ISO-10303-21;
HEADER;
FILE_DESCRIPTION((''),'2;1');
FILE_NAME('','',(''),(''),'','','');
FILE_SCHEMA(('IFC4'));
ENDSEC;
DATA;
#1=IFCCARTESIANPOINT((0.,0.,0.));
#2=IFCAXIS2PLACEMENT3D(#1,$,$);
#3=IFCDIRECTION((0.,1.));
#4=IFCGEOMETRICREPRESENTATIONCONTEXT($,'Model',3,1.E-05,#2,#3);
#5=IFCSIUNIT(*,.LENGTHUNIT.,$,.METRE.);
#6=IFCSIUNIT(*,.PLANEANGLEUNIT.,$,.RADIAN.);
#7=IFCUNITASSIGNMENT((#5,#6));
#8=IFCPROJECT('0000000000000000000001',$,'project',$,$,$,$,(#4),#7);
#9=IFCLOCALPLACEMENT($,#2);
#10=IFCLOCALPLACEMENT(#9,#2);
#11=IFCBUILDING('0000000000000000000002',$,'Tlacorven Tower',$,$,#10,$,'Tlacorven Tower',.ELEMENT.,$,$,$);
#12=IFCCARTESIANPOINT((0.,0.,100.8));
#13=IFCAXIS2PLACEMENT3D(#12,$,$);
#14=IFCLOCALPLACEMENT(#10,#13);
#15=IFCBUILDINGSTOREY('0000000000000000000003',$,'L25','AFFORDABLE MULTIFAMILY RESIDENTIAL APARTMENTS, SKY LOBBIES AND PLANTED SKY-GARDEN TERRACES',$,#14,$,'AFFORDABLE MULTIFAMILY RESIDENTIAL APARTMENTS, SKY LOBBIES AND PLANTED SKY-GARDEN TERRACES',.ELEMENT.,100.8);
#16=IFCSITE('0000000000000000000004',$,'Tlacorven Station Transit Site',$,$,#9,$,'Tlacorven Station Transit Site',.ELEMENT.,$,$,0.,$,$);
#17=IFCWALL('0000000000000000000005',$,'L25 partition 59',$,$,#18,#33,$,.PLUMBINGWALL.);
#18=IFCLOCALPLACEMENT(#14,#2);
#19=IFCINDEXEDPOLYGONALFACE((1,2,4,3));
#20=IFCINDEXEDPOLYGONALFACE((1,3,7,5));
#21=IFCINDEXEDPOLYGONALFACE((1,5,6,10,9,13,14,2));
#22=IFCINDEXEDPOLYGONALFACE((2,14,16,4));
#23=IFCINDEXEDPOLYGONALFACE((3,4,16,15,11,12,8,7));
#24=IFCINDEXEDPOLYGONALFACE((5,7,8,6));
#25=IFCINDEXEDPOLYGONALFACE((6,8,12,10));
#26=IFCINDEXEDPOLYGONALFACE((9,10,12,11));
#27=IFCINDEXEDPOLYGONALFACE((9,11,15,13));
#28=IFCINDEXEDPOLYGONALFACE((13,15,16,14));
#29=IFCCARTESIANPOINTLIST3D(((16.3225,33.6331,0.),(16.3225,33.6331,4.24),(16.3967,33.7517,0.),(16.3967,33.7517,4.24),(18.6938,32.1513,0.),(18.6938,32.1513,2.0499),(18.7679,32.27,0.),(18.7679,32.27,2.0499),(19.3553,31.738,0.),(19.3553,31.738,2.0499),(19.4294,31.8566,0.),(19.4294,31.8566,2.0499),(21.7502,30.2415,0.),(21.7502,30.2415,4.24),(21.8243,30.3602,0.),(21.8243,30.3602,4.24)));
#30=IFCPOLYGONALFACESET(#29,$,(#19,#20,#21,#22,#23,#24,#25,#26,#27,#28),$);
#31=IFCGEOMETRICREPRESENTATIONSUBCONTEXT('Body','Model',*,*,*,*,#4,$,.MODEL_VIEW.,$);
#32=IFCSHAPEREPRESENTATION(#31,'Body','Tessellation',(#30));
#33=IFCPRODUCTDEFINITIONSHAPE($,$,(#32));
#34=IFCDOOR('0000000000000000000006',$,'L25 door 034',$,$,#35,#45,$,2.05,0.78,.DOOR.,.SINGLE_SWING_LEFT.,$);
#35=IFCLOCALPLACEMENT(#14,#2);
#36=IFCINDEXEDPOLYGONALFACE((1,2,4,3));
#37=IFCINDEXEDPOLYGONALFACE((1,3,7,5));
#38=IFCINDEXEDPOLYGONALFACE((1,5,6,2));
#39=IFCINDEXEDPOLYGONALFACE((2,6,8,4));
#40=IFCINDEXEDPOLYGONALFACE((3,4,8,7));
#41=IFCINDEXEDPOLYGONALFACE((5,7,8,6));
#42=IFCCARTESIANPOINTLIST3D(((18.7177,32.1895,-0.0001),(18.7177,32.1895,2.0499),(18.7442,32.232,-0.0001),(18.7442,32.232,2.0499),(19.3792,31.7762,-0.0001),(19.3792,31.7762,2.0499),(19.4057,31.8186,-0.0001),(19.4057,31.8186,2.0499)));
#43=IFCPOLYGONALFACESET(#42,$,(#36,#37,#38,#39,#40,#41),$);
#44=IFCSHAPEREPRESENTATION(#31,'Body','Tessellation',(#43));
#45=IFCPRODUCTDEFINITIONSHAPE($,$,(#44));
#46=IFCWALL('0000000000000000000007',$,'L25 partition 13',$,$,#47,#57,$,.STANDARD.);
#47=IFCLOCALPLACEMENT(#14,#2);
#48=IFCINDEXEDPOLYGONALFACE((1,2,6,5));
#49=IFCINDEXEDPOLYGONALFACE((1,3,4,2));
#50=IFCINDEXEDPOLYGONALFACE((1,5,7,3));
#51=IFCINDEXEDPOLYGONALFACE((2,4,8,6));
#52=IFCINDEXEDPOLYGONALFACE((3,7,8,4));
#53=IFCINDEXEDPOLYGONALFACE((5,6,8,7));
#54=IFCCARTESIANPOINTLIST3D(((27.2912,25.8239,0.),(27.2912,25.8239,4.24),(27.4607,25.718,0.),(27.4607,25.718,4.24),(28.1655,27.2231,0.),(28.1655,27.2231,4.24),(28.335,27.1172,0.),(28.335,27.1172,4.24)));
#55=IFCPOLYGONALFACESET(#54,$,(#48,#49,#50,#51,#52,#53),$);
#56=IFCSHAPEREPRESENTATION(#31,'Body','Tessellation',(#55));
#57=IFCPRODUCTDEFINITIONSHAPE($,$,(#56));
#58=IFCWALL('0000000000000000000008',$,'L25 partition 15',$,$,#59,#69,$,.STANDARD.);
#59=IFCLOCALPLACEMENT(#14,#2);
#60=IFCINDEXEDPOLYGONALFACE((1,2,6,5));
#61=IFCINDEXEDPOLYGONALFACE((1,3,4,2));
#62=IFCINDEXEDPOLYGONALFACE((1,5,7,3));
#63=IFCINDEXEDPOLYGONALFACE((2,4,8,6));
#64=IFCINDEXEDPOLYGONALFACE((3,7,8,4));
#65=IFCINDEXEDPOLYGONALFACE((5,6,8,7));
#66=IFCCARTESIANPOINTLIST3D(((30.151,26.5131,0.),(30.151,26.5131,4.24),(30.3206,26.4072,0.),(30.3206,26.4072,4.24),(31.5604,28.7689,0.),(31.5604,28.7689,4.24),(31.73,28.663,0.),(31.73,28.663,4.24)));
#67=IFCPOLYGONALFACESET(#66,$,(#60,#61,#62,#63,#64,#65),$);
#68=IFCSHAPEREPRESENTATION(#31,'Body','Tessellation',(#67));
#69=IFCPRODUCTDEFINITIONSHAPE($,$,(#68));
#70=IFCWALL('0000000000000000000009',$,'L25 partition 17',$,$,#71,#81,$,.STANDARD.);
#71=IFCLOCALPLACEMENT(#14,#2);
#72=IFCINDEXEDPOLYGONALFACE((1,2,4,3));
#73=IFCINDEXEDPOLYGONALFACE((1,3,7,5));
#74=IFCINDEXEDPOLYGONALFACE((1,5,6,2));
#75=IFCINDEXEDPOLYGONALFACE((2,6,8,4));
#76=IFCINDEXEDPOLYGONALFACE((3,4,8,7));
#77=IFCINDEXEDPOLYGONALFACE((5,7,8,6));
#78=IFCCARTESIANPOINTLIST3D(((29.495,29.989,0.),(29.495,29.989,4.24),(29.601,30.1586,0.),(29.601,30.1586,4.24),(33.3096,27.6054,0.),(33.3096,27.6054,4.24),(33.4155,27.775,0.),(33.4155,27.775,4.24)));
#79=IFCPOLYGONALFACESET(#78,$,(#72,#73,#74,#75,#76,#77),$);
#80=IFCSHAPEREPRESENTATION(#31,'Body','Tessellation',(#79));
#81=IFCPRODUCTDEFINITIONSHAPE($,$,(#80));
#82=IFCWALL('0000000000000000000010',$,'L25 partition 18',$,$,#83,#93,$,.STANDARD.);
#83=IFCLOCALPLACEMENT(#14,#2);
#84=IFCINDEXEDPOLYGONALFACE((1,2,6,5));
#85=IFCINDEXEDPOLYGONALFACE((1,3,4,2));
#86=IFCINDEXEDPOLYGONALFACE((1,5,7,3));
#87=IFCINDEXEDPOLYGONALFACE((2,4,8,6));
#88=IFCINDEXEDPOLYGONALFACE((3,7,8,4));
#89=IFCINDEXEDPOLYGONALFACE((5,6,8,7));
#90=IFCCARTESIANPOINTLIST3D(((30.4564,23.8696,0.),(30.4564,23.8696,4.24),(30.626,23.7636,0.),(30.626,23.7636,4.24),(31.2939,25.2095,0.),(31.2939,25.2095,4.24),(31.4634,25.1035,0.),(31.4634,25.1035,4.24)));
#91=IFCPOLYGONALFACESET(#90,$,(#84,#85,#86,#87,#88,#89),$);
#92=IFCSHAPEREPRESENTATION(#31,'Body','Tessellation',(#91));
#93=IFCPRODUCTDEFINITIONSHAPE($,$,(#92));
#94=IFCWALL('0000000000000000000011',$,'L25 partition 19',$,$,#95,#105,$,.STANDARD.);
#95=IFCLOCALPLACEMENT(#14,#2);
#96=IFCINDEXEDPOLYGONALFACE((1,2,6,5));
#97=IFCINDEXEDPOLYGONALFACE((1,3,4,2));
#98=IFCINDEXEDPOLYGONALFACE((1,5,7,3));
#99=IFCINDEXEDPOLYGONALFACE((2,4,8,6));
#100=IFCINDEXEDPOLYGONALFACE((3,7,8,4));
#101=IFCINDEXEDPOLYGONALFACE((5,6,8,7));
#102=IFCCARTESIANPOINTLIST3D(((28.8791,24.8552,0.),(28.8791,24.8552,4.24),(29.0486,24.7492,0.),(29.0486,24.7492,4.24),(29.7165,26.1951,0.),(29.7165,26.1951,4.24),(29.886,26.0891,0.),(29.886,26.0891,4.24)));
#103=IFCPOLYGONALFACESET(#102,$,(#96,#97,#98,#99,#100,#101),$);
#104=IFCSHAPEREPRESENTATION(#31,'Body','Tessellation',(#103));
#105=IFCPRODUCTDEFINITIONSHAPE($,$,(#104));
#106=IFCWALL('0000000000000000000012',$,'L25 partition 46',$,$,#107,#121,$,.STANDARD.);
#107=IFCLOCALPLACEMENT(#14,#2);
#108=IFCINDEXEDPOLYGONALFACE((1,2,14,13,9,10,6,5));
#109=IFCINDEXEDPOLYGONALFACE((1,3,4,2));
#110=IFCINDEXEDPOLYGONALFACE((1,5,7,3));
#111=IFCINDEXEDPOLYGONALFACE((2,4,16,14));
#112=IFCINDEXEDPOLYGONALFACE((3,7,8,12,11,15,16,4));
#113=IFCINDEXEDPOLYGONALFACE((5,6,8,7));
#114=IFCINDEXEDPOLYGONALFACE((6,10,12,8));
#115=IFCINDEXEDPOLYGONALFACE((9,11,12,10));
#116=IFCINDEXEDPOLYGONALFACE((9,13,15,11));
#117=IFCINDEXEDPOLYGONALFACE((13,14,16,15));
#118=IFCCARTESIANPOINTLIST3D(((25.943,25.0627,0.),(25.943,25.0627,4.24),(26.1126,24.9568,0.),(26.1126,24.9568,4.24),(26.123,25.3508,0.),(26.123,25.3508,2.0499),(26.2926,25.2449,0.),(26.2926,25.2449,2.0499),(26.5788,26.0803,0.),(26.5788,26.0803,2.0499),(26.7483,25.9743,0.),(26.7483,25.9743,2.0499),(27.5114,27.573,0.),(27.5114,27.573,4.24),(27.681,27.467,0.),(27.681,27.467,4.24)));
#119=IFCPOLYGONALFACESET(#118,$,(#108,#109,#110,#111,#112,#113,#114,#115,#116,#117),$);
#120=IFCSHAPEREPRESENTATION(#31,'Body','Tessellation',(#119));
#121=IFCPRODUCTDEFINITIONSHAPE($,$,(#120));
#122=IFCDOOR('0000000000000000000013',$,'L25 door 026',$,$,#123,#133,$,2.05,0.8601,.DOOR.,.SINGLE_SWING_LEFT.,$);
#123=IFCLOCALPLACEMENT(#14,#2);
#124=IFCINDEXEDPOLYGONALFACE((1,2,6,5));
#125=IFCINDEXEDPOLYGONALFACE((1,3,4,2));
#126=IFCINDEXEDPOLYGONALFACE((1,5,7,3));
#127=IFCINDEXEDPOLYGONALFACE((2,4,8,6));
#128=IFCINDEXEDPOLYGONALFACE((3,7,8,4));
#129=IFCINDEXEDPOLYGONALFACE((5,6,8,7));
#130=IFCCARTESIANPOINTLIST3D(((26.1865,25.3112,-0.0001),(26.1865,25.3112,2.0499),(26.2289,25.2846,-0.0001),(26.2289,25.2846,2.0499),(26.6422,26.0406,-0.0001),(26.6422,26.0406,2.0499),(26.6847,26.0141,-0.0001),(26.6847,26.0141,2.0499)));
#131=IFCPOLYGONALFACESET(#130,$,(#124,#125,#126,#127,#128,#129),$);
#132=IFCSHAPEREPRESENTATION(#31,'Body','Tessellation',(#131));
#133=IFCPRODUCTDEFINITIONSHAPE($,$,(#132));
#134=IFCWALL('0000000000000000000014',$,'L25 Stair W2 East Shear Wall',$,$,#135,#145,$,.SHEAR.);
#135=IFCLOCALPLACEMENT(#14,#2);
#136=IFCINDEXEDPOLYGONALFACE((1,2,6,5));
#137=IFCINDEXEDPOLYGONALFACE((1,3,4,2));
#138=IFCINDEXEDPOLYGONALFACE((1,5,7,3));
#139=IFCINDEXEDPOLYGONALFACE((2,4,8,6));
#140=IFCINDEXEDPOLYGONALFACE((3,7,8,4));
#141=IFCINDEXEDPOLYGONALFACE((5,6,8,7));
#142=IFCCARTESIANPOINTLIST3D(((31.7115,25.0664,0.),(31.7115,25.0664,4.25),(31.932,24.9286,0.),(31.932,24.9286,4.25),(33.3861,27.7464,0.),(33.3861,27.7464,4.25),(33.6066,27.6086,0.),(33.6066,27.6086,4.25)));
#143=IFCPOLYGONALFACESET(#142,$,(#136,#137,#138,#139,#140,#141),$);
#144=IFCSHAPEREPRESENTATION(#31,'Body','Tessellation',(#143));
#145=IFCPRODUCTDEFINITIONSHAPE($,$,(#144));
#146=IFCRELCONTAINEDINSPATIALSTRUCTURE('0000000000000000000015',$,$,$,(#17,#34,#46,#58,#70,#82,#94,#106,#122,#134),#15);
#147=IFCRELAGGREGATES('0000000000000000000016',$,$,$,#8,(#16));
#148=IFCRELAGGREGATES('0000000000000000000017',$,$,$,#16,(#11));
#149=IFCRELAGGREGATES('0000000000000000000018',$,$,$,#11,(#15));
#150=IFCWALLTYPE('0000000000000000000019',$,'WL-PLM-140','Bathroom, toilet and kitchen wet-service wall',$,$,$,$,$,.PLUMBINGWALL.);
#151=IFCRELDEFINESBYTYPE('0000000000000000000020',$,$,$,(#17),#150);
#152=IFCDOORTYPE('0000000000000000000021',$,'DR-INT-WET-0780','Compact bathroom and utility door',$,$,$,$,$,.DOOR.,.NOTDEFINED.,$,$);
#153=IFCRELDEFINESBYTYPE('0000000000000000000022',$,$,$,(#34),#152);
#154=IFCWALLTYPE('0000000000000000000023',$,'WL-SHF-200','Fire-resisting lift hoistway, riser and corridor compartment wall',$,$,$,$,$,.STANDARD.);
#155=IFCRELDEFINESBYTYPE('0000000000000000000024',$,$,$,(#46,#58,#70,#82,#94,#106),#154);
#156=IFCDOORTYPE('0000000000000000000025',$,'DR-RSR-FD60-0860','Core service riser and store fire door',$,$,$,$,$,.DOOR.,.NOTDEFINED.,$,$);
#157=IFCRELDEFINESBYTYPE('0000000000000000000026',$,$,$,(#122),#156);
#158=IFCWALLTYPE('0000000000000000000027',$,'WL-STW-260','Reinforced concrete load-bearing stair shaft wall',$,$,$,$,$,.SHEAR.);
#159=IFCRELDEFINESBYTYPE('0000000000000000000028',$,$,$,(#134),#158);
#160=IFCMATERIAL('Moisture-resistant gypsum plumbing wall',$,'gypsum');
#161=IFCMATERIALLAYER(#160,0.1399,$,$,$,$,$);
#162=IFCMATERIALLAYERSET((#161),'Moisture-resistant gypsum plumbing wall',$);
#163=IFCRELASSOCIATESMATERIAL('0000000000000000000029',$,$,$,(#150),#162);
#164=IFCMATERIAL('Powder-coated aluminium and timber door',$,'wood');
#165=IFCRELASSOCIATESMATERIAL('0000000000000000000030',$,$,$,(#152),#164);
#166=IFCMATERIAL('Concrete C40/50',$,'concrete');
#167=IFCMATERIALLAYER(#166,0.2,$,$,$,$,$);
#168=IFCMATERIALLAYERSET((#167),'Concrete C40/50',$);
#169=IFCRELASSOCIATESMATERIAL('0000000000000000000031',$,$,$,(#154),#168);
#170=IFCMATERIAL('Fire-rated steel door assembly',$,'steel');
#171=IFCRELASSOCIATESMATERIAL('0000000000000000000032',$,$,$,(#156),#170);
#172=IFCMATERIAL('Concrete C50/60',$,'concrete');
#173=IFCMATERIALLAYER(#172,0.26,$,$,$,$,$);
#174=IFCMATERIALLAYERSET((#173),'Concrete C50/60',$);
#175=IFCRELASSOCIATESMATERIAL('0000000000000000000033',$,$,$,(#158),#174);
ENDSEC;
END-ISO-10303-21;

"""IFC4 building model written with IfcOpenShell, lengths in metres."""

from ifc_helpers import new_model, si_unit, direction, frame, frame_2d, origin, place, context, subcontext, project, spatial, rectangle, extrude, source, transform, mapped, material, layer, layer_set, type_object, element, fill, save


model = new_model("IFC4")

# Units and contexts
model_context = context("Model", 3, precision=1e-05, world=origin(), true_north=direction((0.0, 1.0)))
body_context = subcontext(model_context, "Body", "Model", "MODEL_VIEW")
ifc_project = project(units=[si_unit("LENGTHUNIT", "METRE"), si_unit("PLANEANGLEUNIT", "RADIAN")], contexts=[model_context])

# Site, building, storey
site_placement = place(None, origin())
site = spatial("IfcSite", under=ifc_project, at=site_placement, Name="Tlacorven Station Transit Site", LongName="Tlacorven Station Transit Site", CompositionType="ELEMENT", RefElevation=0.0)
building_placement = place(site_placement, origin())
building = spatial("IfcBuilding", under=site, at=building_placement, Name="Tlacorven Tower", LongName="Tlacorven Tower", CompositionType="ELEMENT")
storey_placement = place(building_placement, frame((0.0, 0.0, 100.8)))
storey = spatial("IfcBuildingStorey", under=building, at=storey_placement, Name="L25", Description="AFFORDABLE MULTIFAMILY RESIDENTIAL APARTMENTS, SKY LOBBIES AND PLANTED SKY-GARDEN TERRACES", LongName="AFFORDABLE MULTIFAMILY RESIDENTIAL APARTMENTS, SKY LOBBIES AND PLANTED SKY-GARDEN TERRACES", CompositionType="ELEMENT", Elevation=100.8)

# Shared definitions
ifc_material_1 = material(Name="Fire-rated steel door assembly", Category="steel")

# Wall, opening, door
ifc_material_2 = material(Name="Powder-coated aluminium and timber door", Category="wood")
ifc_material_3 = material(Name="Moisture-resistant gypsum plumbing wall", Category="gypsum")
ifc_layer_1 = layer(ifc_material_3, 0.1399)
ifc_layer_set_1 = layer_set([ifc_layer_1], Name="Moisture-resistant gypsum plumbing wall")
wall_type_1 = type_object("IfcWallType", Name="WL-PLM-140", Description="Bathroom, toilet and kitchen wet-service wall", PredefinedType="PLUMBINGWALL", material=ifc_layer_set_1)
wall_1_placement = place(storey_placement, frame((21.7874, 30.3008, 0.0), z_axis=(0.0, 0.0, 1.0), x_axis=(-0.84805, 0.529917, 0.0)))
wall_1 = element("IfcWall", 1, at=wall_1_placement, inside=storey, type_object=wall_type_1, Name="L25 partition 59", PredefinedType="PLUMBINGWALL", context=body_context, shape_type="SweptSolid", body=[
    extrude(rectangle(XDim=6.4001, YDim=0.1399, at=frame_2d((3.2002, 0.0))), origin(), (0.0, 0.0, 1.0), 4.24),
])
opening_1_placement = place(wall_1_placement, frame((2.824, 0.0, 0.0)))
opening_1 = element("IfcOpeningElement", 2, at=opening_1_placement, cuts=wall_1, PredefinedType="OPENING", context=body_context, shape_type="SweptSolid", body=[
    extrude(rectangle(XDim=0.78, YDim=2.05, at=frame_2d((0.3901, 1.0249))), frame((0.0, 0.0801, 0.0), z_axis=(0.0, -1.0, 0.0), x_axis=(1.0, 0.0, 0.0)), (0.0, 0.0, 1.0), 0.1599),
])
door_type_1 = type_object("IfcDoorType", Name="DR-INT-WET-0780", Description="Compact bathroom and utility door", OperationType="NOTDEFINED", PredefinedType="DOOR", material=ifc_material_2)
shared_shape_1 = source(origin(), body_context, "Body", "SweptSolid", [
    extrude(rectangle(XDim=0.78, YDim=2.05, at=frame_2d((0.3901, 1.0249))), frame((0.0, 0.0249, 0.0), z_axis=(0.0, -1.0, 0.0), x_axis=(1.0, 0.0, 0.0)), (0.0, 0.0, 1.0), 0.05),
])
door_1_placement = place(opening_1_placement, origin())
door_1 = element("IfcDoor", 3, at=door_1_placement, inside=storey, type_object=door_type_1, Name="L25 door 034", OperationType="SINGLE_SWING_LEFT", OverallHeight=2.05, OverallWidth=0.78, PredefinedType="DOOR", context=body_context, shape_type="MappedRepresentation", body=[
    mapped(shared_shape_1, transform((0.0, 0.0, 0.0), scale=1.0)),
])
fill(opening_1, door_1)

# Shared definitions
ifc_material_4 = material(Name="Concrete C40/50", Category="concrete")
ifc_layer_2 = layer(ifc_material_4, 0.2)
ifc_layer_set_2 = layer_set([ifc_layer_2], Name="Concrete C40/50")
wall_type_2 = type_object("IfcWallType", Name="WL-SHF-200", Description="Fire-resisting lift hoistway, riser and corridor compartment wall", PredefinedType="STANDARD", material=ifc_layer_set_2)

# Walls
wall_2_placement = place(storey_placement, frame((28.2502, 27.1702, 0.0), z_axis=(0.0, 0.0, 1.0), x_axis=(-0.529906, -0.848056, 0.0)))
element("IfcWall", 4, at=wall_2_placement, inside=storey, type_object=wall_type_2, Name="L25 partition 13", PredefinedType="STANDARD", context=body_context, shape_type="SweptSolid", body=[
    extrude(rectangle(XDim=1.6499, YDim=0.2, at=frame_2d((0.825, 0.0))), origin(), (0.0, 0.0, 1.0), 4.24),
])
wall_3_placement = place(storey_placement, frame((31.6453, 28.7161, 0.0), z_axis=(0.0, 0.0, 1.0), x_axis=(-0.529867, -0.848081, 0.0)))
element("IfcWall", 5, at=wall_3_placement, inside=storey, type_object=wall_type_2, Name="L25 partition 15", PredefinedType="STANDARD", context=body_context, shape_type="SweptSolid", body=[
    extrude(rectangle(XDim=2.6599, YDim=0.2, at=frame_2d((1.3301, 0.0))), origin(), (0.0, 0.0, 1.0), 4.24),
])
wall_4_placement = place(storey_placement, frame((33.3625, 27.6902, 0.0), z_axis=(0.0, 0.0, 1.0), x_axis=(-0.848047, 0.529921, 0.0)))
element("IfcWall", 6, at=wall_4_placement, inside=storey, type_object=wall_type_2, Name="L25 partition 17", PredefinedType="STANDARD", context=body_context, shape_type="SweptSolid", body=[
    extrude(rectangle(XDim=4.498, YDim=0.2, at=frame_2d((2.249, 0.0))), origin(), (0.0, 0.0, 1.0), 4.24),
])
for number, where, z_axis, x_axis, name in (
    (7, (31.3787, 25.1565, 0.0), (0.0, 0.0, 1.0), (-0.529999, -0.847998, 0.0), "L25 partition 18"),
    (8, (29.8013, 26.1421, 0.0), (0.0, 0.0, 1.0), (-0.529999, -0.847998, 0.0), "L25 partition 19"),
):
    element("IfcWall", number, at=place(storey_placement, frame(where, z_axis=z_axis, x_axis=x_axis)), inside=storey, type_object=wall_type_2, Name=name, PredefinedType="STANDARD", context=body_context, shape_type="SweptSolid", body=[
        extrude(rectangle(XDim=1.5801, YDim=0.2, at=frame_2d((0.79, 0.0))), origin(), (0.0, 0.0, 1.0), 4.24),
    ])

# Wall, opening, door
wall_5_placement = place(storey_placement, frame((27.5962, 27.52, 0.0), z_axis=(0.0, 0.0, 1.0), x_axis=(-0.529865, -0.848082, 0.0)))
wall_5 = element("IfcWall", 9, at=wall_5_placement, inside=storey, type_object=wall_type_2, Name="L25 partition 46", PredefinedType="STANDARD", context=body_context, shape_type="SweptSolid", body=[
    extrude(rectangle(XDim=2.96, YDim=0.2, at=frame_2d((1.48, 0.0))), origin(), (0.0, 0.0, 1.0), 4.24),
])
opening_2_placement = place(wall_5_placement, frame((1.76, 0.0, 0.0)))
opening_2 = element("IfcOpeningElement", 10, at=opening_2_placement, cuts=wall_5, PredefinedType="OPENING", context=body_context, shape_type="SweptSolid", body=[
    extrude(rectangle(XDim=0.8601, YDim=2.05, at=frame_2d((0.4302, 1.0249))), frame((0.0, 0.1099, 0.0), z_axis=(0.0, -1.0, 0.0), x_axis=(1.0, 0.0, 0.0)), (0.0, 0.0, 1.0), 0.22),
])
door_type_2 = type_object("IfcDoorType", Name="DR-RSR-FD60-0860", Description="Core service riser and store fire door", OperationType="NOTDEFINED", PredefinedType="DOOR", material=ifc_material_1)
shared_shape_2 = source(origin(), body_context, "Body", "SweptSolid", [
    extrude(rectangle(XDim=0.8601, YDim=2.05, at=frame_2d((0.4302, 1.0249))), frame((0.0, 0.0249, 0.0), z_axis=(0.0, -1.0, 0.0), x_axis=(1.0, 0.0, 0.0)), (0.0, 0.0, 1.0), 0.05),
])
door_2_placement = place(opening_2_placement, origin())
door_2 = element("IfcDoor", 11, at=door_2_placement, inside=storey, type_object=door_type_2, Name="L25 door 026", OperationType="SINGLE_SWING_LEFT", OverallHeight=2.05, OverallWidth=0.8601, PredefinedType="DOOR", context=body_context, shape_type="MappedRepresentation", body=[
    mapped(shared_shape_2, transform((0.0, 0.0, 0.0), scale=1.0)),
])
fill(opening_2, door_2)

# Wall
ifc_material_5 = material(Name="Concrete C50/60", Category="concrete")
ifc_layer_3 = layer(ifc_material_5, 0.26)
ifc_layer_set_3 = layer_set([ifc_layer_3], Name="Concrete C50/60")
wall_type_3 = type_object("IfcWallType", Name="WL-STW-260", Description="Reinforced concrete load-bearing stair shaft wall", PredefinedType="SHEAR", material=ifc_layer_set_3)
wall_6_placement = place(storey_placement, frame((33.4963, 27.6775, 0.0), z_axis=(0.0, 0.0, 1.0), x_axis=(-0.529909, -0.848055, 0.0)))
element("IfcWall", 12, at=wall_6_placement, inside=storey, type_object=wall_type_3, Name="L25 Stair W2 East Shear Wall", PredefinedType="SHEAR", context=body_context, shape_type="SweptSolid", body=[
    extrude(rectangle(XDim=3.1602, YDim=0.26, at=frame_2d((1.5801, 0.0))), origin(), (0.0, 0.0, 1.0), 4.25),
])

save(model, "model.ifc")
